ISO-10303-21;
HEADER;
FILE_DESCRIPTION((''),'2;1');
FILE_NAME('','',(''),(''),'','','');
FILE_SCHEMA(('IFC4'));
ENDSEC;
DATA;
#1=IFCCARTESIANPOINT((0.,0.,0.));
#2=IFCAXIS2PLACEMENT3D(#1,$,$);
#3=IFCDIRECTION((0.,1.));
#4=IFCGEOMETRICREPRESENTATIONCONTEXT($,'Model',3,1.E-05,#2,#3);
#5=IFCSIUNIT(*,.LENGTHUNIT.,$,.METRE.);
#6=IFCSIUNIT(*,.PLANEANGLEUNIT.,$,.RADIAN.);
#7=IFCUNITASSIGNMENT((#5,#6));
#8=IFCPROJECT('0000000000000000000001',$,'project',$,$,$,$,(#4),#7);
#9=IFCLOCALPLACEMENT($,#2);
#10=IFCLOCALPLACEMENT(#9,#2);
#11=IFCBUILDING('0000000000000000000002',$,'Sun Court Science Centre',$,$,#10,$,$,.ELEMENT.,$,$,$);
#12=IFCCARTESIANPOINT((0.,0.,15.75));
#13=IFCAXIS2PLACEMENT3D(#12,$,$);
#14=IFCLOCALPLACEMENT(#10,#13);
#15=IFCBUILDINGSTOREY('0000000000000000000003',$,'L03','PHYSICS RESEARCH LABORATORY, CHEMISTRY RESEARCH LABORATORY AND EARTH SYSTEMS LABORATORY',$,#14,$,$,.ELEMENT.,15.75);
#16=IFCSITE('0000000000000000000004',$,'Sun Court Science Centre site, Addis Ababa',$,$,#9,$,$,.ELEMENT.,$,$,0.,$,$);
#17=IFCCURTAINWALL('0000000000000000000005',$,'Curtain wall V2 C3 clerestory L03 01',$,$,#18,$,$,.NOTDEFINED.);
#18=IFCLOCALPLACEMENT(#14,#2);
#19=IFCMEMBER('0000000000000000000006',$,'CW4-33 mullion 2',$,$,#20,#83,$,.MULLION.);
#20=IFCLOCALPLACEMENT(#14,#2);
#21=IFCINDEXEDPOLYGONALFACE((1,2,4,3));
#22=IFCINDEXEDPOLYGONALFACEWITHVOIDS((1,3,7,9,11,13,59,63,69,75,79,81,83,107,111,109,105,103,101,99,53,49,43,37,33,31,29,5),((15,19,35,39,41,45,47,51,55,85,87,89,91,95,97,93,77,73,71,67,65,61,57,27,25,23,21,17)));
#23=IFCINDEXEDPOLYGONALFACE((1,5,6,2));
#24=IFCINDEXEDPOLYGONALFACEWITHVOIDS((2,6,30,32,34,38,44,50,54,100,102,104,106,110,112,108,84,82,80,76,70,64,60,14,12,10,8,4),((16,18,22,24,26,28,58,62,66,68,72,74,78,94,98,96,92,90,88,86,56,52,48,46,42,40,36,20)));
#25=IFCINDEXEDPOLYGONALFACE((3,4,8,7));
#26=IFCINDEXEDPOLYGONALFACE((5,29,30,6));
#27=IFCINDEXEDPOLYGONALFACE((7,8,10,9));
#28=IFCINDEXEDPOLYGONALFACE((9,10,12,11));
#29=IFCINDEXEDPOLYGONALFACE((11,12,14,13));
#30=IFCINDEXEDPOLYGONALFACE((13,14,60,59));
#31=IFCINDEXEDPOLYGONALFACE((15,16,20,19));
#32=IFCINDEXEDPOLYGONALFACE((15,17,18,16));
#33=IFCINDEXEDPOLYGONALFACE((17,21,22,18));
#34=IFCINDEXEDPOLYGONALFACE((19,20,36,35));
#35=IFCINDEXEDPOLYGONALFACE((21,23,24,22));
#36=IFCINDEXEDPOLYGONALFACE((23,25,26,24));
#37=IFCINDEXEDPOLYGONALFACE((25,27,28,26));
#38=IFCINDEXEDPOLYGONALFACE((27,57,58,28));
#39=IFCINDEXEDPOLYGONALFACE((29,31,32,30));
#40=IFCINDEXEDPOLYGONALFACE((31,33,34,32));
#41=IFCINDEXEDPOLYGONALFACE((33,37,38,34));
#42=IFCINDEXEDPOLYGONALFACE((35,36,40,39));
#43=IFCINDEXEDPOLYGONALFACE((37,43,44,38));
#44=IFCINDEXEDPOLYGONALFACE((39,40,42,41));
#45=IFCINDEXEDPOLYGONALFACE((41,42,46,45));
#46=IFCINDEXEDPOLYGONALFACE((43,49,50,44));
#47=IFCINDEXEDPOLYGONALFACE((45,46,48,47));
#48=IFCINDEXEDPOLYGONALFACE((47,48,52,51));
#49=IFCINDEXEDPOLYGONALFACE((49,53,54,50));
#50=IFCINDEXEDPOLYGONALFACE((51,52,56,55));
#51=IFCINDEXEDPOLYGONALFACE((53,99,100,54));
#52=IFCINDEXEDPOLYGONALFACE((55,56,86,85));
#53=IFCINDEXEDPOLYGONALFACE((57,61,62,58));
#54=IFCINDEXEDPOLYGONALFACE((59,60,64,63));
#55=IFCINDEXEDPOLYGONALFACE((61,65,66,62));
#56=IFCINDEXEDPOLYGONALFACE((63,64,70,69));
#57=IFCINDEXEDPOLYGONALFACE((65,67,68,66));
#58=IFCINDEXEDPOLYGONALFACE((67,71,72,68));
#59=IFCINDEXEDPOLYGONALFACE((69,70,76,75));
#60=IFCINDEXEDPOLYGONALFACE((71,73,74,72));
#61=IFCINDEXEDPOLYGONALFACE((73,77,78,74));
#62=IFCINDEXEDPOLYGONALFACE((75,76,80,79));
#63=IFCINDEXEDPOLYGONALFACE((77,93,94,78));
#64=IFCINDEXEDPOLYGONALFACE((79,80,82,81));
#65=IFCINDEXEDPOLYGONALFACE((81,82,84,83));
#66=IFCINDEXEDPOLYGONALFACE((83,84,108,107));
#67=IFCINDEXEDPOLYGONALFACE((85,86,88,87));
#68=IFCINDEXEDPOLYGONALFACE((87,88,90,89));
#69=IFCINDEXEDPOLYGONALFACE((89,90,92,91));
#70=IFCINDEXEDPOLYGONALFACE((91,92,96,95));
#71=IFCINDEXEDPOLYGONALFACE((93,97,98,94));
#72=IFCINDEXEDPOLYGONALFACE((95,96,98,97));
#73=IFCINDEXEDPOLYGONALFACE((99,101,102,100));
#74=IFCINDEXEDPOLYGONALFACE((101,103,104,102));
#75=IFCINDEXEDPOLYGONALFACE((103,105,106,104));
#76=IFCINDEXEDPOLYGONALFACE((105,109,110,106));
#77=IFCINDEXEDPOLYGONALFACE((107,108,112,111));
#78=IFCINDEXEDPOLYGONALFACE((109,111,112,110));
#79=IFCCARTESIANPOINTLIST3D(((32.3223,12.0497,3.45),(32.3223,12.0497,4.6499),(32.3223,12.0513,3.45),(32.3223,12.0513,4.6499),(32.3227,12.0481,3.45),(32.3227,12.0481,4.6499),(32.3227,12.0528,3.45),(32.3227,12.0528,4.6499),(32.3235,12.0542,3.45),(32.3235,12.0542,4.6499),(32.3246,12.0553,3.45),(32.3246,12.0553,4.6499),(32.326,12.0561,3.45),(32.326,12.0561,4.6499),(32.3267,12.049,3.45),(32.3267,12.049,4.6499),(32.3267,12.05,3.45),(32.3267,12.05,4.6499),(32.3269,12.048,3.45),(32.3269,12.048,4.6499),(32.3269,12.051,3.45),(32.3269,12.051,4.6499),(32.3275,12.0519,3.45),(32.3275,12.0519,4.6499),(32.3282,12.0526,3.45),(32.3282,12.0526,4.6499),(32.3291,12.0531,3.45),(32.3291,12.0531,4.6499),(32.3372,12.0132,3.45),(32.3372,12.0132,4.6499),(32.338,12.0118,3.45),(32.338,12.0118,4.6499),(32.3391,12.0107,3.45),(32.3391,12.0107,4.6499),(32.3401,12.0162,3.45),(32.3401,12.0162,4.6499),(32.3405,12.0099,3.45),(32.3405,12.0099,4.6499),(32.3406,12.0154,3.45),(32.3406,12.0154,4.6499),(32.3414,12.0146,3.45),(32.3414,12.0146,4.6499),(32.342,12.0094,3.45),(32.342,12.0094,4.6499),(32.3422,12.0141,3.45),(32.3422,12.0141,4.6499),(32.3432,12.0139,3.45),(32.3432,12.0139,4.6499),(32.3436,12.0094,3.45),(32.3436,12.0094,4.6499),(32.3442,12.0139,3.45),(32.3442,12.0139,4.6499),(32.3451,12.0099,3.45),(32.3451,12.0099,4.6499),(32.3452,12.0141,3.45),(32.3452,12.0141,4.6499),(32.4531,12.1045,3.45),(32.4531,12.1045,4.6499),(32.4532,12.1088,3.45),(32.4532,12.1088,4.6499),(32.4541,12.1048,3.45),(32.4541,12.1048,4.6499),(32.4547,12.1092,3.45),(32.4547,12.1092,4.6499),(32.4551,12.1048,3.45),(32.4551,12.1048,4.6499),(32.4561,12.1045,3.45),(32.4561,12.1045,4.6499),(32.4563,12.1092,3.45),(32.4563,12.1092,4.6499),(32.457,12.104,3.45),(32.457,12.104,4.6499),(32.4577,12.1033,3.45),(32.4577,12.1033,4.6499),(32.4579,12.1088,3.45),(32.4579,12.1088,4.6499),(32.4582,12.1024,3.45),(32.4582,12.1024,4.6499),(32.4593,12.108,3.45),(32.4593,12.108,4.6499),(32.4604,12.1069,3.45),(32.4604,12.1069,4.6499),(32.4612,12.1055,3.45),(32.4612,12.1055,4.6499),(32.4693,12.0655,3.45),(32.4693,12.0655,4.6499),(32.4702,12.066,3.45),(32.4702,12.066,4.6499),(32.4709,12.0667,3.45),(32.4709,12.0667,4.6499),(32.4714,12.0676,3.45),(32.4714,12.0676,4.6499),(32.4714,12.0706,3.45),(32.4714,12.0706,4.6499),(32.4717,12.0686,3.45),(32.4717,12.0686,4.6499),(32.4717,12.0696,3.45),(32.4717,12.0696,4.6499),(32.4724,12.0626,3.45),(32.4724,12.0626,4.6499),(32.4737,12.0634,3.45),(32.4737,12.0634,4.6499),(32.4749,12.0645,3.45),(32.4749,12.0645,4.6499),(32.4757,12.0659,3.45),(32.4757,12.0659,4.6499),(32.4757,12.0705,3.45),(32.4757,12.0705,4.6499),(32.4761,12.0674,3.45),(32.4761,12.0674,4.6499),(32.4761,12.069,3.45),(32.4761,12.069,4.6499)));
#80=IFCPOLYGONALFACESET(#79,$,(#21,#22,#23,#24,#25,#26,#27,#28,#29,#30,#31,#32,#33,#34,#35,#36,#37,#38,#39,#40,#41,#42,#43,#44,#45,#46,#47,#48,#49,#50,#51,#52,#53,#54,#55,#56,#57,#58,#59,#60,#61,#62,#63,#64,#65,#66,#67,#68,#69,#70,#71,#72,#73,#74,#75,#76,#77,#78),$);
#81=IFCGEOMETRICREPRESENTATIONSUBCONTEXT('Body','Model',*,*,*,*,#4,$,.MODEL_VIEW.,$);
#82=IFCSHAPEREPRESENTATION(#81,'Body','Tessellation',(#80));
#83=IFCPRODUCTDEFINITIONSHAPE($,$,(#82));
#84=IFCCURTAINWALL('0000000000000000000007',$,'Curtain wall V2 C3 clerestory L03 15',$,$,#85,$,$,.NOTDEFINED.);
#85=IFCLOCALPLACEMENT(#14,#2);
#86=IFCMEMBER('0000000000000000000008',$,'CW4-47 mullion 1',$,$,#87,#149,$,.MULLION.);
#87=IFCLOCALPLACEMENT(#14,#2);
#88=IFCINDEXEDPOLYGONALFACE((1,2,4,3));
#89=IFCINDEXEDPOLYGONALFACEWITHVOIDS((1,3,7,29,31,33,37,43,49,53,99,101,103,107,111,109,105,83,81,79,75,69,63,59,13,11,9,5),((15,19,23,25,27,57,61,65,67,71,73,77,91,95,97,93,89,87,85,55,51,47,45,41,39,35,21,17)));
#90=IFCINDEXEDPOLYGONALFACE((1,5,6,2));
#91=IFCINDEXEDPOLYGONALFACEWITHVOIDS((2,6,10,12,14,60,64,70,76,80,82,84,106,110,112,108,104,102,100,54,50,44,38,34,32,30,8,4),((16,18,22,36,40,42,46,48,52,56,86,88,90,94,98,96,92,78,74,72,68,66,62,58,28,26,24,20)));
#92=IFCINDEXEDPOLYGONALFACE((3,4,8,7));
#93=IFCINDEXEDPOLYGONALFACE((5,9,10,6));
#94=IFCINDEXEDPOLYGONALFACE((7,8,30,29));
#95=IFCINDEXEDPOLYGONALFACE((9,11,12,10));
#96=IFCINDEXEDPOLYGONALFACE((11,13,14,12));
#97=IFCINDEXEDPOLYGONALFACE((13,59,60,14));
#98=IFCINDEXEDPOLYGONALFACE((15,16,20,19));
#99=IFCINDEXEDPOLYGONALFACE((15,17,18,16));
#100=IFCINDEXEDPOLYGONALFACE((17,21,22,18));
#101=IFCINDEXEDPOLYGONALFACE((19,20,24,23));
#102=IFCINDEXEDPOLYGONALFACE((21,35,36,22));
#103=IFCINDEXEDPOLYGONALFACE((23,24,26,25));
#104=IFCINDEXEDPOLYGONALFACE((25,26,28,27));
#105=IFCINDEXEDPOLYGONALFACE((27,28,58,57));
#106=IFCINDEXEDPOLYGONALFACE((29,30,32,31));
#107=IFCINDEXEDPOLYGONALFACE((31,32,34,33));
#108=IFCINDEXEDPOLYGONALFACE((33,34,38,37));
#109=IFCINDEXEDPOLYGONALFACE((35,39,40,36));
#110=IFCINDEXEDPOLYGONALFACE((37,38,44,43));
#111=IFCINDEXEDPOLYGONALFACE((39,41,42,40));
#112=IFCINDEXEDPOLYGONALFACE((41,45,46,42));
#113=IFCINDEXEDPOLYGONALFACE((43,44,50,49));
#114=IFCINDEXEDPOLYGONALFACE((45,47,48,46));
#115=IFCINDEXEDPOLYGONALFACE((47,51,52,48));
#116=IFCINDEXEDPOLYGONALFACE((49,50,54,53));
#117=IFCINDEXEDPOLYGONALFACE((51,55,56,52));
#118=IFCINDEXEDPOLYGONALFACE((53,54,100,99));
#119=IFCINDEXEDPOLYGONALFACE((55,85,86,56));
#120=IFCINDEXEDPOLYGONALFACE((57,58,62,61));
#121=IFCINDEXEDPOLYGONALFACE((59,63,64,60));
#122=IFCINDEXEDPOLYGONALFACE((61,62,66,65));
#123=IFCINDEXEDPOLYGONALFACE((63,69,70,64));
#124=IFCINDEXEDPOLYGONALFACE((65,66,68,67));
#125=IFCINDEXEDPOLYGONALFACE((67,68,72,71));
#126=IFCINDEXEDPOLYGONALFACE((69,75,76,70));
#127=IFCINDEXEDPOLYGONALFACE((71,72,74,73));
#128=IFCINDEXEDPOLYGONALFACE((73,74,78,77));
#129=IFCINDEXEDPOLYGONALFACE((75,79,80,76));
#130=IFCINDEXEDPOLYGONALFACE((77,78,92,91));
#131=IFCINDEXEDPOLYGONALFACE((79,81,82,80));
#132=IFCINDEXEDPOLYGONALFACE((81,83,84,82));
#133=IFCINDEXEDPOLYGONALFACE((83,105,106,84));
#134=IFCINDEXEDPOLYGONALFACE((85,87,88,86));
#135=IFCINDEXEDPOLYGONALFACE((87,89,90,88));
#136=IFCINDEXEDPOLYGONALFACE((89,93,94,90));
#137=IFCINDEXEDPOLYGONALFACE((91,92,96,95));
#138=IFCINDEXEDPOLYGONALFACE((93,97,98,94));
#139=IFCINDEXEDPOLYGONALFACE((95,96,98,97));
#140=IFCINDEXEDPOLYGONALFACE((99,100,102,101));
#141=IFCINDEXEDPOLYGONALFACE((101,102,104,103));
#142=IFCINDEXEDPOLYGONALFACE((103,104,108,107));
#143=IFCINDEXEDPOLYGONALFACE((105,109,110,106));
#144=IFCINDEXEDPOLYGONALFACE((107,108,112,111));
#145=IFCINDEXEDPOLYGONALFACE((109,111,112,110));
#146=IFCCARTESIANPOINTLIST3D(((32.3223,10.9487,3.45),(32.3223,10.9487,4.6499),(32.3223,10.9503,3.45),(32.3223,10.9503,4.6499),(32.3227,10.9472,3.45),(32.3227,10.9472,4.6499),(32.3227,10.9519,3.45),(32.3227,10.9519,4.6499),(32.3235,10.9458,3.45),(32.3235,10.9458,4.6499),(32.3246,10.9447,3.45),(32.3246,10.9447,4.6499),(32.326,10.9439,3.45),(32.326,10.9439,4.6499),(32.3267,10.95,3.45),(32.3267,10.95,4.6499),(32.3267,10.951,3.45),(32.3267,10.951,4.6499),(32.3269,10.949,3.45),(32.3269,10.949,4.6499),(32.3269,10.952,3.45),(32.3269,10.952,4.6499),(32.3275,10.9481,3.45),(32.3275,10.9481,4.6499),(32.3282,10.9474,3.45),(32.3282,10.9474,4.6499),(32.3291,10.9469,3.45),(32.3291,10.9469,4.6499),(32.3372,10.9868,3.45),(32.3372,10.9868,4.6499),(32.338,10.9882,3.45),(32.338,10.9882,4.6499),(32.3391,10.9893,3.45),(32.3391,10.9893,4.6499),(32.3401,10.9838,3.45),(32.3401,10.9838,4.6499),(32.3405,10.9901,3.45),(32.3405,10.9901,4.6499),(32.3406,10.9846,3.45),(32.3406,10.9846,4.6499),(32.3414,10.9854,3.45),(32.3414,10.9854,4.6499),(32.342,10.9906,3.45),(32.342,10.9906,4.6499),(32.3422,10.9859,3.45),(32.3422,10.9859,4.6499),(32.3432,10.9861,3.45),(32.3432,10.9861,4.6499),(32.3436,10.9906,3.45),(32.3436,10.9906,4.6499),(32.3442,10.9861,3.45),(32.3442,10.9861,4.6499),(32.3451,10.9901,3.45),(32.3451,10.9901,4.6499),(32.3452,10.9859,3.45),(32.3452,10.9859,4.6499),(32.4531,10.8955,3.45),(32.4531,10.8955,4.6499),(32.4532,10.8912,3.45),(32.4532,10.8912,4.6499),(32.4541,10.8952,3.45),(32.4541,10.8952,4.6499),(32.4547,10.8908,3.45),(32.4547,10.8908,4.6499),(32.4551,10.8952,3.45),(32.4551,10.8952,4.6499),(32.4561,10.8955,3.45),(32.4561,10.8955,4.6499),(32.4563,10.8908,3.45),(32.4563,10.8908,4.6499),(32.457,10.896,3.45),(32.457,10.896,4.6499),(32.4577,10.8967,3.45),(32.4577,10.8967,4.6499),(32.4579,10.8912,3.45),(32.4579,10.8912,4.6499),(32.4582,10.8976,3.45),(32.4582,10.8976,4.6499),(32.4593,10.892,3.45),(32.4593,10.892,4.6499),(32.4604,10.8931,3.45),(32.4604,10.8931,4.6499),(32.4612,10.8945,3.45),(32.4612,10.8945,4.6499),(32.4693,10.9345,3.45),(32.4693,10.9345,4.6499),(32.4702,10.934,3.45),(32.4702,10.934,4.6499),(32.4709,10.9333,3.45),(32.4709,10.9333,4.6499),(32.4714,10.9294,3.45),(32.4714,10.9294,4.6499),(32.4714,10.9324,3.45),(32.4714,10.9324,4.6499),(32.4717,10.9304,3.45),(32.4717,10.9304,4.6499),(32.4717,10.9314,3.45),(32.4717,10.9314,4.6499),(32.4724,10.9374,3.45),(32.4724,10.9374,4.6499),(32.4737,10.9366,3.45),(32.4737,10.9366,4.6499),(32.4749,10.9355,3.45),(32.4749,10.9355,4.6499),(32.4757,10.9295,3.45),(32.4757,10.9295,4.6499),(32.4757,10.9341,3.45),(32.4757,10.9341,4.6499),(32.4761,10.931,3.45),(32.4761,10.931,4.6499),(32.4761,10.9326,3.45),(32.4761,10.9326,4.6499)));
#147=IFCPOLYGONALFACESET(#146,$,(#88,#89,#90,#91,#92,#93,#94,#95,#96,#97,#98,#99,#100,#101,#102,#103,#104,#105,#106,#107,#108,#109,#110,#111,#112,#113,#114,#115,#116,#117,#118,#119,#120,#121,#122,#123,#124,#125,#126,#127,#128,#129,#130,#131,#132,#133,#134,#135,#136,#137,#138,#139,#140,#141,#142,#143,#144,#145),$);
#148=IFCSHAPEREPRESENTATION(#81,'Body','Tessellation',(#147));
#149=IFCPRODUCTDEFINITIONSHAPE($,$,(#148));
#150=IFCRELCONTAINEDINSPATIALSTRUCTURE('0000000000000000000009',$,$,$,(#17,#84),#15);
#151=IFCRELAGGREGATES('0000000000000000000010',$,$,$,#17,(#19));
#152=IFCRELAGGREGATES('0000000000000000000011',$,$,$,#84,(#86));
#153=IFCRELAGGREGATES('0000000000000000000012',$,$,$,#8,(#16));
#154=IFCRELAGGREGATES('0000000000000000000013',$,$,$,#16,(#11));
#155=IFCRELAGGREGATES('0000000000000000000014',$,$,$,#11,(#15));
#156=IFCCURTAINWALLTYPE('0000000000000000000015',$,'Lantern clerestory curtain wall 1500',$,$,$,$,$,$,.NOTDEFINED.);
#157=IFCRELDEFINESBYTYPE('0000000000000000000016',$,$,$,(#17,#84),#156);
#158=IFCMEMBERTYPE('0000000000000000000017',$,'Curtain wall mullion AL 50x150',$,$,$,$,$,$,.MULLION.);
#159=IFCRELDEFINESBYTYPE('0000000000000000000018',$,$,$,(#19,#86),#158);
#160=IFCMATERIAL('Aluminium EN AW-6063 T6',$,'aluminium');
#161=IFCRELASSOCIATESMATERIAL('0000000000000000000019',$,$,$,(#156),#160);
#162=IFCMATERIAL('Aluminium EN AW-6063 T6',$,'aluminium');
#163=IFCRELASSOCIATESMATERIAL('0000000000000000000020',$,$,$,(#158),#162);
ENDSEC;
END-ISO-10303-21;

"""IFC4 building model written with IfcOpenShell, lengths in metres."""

from ifc_helpers import new_model, si_unit, direction, frame, origin, origin_2d, place, context, subcontext, project, spatial, hollow_rectangle, extrude, material, material_profile, profile_set, type_object, element, aggregate, save


model = new_model("IFC4")

# Units and contexts
model_context = context("Model", 3, precision=1e-05, world=origin(), true_north=direction((0.0, 1.0)))
body_context = subcontext(model_context, "Body", "Model", "MODEL_VIEW")
ifc_project = project(units=[si_unit("LENGTHUNIT", "METRE"), si_unit("PLANEANGLEUNIT", "RADIAN")], contexts=[model_context])

# Site, building, storey
site_placement = place(None, origin())
site = spatial("IfcSite", under=ifc_project, at=site_placement, Name="Sun Court Science Centre site, Addis Ababa", CompositionType="ELEMENT", RefElevation=0.0)
building_placement = place(site_placement, origin())
building = spatial("IfcBuilding", under=site, at=building_placement, Name="Sun Court Science Centre", CompositionType="ELEMENT")
storey_placement = place(building_placement, frame((0.0, 0.0, 15.75)))
storey = spatial("IfcBuildingStorey", under=building, at=storey_placement, Name="L03", Description="PHYSICS RESEARCH LABORATORY, CHEMISTRY RESEARCH LABORATORY AND EARTH SYSTEMS LABORATORY", CompositionType="ELEMENT", Elevation=15.75)

# Curtain walls, members
ifc_material_1 = material(Name="Aluminium EN AW-6063 T6", Category="aluminium")
curtain_wall_type = type_object("IfcCurtainWallType", Name="Lantern clerestory curtain wall 1500", PredefinedType="NOTDEFINED", material=ifc_material_1)
curtain_wall_1_placement = place(storey_placement, origin())
curtain_wall_1 = element("IfcCurtainWall", 1, at=curtain_wall_1_placement, inside=storey, type_object=curtain_wall_type, Name="Curtain wall V2 C3 clerestory L03 01", PredefinedType="NOTDEFINED")
ifc_material_2 = material(Name="Aluminium EN AW-6063 T6", Category="aluminium")
ifc_material_profile_1 = material_profile(ifc_material_2, hollow_rectangle(XDim=0.05, YDim=0.1499, WallThickness=0.0039, InnerFilletRadius=0.0039, OuterFilletRadius=0.0061, at=origin_2d()), Name="AL 50x150x4")
ifc_profile_set_1 = profile_set([ifc_material_profile_1], Name="Aluminium EN AW-6063 T6")
member_type_1 = type_object("IfcMemberType", Name="Curtain wall mullion AL 50x150", PredefinedType="MULLION", material=ifc_profile_set_1)
member_1_placement = place(storey_placement, frame((32.3992, 12.0593, 3.45), z_axis=(0.0, 0.0, 1.0), x_axis=(0.382683, -0.92388, 0.0)))
member_1 = element("IfcMember", 2, at=member_1_placement, type_object=member_type_1, Name="CW4-33 mullion 2", PredefinedType="MULLION", context=body_context, shape_type="SweptSolid", body=[
    extrude(hollow_rectangle(XDim=0.05, YDim=0.1499, WallThickness=0.0039, InnerFilletRadius=0.0039, OuterFilletRadius=0.0061, at=origin_2d()), origin(), (0.0, 0.0, 1.0), 1.2),
])
aggregate(curtain_wall_1, [member_1])
curtain_wall_2_placement = place(storey_placement, origin())
curtain_wall_2 = element("IfcCurtainWall", 3, at=curtain_wall_2_placement, inside=storey, type_object=curtain_wall_type, Name="Curtain wall V2 C3 clerestory L03 15", PredefinedType="NOTDEFINED")
member_2_placement = place(storey_placement, frame((32.3992, 10.9407, 3.45), z_axis=(0.0, 0.0, 1.0), x_axis=(-0.382683, -0.92388, 0.0)))
member_2 = element("IfcMember", 4, at=member_2_placement, type_object=member_type_1, Name="CW4-47 mullion 1", PredefinedType="MULLION", context=body_context, shape_type="SweptSolid", body=[
    extrude(hollow_rectangle(XDim=0.05, YDim=0.1499, WallThickness=0.0039, InnerFilletRadius=0.0039, OuterFilletRadius=0.0061, at=origin_2d()), origin(), (0.0, 0.0, 1.0), 1.2),
])

aggregate(curtain_wall_2, [member_2])

save(model, "model.ifc")
